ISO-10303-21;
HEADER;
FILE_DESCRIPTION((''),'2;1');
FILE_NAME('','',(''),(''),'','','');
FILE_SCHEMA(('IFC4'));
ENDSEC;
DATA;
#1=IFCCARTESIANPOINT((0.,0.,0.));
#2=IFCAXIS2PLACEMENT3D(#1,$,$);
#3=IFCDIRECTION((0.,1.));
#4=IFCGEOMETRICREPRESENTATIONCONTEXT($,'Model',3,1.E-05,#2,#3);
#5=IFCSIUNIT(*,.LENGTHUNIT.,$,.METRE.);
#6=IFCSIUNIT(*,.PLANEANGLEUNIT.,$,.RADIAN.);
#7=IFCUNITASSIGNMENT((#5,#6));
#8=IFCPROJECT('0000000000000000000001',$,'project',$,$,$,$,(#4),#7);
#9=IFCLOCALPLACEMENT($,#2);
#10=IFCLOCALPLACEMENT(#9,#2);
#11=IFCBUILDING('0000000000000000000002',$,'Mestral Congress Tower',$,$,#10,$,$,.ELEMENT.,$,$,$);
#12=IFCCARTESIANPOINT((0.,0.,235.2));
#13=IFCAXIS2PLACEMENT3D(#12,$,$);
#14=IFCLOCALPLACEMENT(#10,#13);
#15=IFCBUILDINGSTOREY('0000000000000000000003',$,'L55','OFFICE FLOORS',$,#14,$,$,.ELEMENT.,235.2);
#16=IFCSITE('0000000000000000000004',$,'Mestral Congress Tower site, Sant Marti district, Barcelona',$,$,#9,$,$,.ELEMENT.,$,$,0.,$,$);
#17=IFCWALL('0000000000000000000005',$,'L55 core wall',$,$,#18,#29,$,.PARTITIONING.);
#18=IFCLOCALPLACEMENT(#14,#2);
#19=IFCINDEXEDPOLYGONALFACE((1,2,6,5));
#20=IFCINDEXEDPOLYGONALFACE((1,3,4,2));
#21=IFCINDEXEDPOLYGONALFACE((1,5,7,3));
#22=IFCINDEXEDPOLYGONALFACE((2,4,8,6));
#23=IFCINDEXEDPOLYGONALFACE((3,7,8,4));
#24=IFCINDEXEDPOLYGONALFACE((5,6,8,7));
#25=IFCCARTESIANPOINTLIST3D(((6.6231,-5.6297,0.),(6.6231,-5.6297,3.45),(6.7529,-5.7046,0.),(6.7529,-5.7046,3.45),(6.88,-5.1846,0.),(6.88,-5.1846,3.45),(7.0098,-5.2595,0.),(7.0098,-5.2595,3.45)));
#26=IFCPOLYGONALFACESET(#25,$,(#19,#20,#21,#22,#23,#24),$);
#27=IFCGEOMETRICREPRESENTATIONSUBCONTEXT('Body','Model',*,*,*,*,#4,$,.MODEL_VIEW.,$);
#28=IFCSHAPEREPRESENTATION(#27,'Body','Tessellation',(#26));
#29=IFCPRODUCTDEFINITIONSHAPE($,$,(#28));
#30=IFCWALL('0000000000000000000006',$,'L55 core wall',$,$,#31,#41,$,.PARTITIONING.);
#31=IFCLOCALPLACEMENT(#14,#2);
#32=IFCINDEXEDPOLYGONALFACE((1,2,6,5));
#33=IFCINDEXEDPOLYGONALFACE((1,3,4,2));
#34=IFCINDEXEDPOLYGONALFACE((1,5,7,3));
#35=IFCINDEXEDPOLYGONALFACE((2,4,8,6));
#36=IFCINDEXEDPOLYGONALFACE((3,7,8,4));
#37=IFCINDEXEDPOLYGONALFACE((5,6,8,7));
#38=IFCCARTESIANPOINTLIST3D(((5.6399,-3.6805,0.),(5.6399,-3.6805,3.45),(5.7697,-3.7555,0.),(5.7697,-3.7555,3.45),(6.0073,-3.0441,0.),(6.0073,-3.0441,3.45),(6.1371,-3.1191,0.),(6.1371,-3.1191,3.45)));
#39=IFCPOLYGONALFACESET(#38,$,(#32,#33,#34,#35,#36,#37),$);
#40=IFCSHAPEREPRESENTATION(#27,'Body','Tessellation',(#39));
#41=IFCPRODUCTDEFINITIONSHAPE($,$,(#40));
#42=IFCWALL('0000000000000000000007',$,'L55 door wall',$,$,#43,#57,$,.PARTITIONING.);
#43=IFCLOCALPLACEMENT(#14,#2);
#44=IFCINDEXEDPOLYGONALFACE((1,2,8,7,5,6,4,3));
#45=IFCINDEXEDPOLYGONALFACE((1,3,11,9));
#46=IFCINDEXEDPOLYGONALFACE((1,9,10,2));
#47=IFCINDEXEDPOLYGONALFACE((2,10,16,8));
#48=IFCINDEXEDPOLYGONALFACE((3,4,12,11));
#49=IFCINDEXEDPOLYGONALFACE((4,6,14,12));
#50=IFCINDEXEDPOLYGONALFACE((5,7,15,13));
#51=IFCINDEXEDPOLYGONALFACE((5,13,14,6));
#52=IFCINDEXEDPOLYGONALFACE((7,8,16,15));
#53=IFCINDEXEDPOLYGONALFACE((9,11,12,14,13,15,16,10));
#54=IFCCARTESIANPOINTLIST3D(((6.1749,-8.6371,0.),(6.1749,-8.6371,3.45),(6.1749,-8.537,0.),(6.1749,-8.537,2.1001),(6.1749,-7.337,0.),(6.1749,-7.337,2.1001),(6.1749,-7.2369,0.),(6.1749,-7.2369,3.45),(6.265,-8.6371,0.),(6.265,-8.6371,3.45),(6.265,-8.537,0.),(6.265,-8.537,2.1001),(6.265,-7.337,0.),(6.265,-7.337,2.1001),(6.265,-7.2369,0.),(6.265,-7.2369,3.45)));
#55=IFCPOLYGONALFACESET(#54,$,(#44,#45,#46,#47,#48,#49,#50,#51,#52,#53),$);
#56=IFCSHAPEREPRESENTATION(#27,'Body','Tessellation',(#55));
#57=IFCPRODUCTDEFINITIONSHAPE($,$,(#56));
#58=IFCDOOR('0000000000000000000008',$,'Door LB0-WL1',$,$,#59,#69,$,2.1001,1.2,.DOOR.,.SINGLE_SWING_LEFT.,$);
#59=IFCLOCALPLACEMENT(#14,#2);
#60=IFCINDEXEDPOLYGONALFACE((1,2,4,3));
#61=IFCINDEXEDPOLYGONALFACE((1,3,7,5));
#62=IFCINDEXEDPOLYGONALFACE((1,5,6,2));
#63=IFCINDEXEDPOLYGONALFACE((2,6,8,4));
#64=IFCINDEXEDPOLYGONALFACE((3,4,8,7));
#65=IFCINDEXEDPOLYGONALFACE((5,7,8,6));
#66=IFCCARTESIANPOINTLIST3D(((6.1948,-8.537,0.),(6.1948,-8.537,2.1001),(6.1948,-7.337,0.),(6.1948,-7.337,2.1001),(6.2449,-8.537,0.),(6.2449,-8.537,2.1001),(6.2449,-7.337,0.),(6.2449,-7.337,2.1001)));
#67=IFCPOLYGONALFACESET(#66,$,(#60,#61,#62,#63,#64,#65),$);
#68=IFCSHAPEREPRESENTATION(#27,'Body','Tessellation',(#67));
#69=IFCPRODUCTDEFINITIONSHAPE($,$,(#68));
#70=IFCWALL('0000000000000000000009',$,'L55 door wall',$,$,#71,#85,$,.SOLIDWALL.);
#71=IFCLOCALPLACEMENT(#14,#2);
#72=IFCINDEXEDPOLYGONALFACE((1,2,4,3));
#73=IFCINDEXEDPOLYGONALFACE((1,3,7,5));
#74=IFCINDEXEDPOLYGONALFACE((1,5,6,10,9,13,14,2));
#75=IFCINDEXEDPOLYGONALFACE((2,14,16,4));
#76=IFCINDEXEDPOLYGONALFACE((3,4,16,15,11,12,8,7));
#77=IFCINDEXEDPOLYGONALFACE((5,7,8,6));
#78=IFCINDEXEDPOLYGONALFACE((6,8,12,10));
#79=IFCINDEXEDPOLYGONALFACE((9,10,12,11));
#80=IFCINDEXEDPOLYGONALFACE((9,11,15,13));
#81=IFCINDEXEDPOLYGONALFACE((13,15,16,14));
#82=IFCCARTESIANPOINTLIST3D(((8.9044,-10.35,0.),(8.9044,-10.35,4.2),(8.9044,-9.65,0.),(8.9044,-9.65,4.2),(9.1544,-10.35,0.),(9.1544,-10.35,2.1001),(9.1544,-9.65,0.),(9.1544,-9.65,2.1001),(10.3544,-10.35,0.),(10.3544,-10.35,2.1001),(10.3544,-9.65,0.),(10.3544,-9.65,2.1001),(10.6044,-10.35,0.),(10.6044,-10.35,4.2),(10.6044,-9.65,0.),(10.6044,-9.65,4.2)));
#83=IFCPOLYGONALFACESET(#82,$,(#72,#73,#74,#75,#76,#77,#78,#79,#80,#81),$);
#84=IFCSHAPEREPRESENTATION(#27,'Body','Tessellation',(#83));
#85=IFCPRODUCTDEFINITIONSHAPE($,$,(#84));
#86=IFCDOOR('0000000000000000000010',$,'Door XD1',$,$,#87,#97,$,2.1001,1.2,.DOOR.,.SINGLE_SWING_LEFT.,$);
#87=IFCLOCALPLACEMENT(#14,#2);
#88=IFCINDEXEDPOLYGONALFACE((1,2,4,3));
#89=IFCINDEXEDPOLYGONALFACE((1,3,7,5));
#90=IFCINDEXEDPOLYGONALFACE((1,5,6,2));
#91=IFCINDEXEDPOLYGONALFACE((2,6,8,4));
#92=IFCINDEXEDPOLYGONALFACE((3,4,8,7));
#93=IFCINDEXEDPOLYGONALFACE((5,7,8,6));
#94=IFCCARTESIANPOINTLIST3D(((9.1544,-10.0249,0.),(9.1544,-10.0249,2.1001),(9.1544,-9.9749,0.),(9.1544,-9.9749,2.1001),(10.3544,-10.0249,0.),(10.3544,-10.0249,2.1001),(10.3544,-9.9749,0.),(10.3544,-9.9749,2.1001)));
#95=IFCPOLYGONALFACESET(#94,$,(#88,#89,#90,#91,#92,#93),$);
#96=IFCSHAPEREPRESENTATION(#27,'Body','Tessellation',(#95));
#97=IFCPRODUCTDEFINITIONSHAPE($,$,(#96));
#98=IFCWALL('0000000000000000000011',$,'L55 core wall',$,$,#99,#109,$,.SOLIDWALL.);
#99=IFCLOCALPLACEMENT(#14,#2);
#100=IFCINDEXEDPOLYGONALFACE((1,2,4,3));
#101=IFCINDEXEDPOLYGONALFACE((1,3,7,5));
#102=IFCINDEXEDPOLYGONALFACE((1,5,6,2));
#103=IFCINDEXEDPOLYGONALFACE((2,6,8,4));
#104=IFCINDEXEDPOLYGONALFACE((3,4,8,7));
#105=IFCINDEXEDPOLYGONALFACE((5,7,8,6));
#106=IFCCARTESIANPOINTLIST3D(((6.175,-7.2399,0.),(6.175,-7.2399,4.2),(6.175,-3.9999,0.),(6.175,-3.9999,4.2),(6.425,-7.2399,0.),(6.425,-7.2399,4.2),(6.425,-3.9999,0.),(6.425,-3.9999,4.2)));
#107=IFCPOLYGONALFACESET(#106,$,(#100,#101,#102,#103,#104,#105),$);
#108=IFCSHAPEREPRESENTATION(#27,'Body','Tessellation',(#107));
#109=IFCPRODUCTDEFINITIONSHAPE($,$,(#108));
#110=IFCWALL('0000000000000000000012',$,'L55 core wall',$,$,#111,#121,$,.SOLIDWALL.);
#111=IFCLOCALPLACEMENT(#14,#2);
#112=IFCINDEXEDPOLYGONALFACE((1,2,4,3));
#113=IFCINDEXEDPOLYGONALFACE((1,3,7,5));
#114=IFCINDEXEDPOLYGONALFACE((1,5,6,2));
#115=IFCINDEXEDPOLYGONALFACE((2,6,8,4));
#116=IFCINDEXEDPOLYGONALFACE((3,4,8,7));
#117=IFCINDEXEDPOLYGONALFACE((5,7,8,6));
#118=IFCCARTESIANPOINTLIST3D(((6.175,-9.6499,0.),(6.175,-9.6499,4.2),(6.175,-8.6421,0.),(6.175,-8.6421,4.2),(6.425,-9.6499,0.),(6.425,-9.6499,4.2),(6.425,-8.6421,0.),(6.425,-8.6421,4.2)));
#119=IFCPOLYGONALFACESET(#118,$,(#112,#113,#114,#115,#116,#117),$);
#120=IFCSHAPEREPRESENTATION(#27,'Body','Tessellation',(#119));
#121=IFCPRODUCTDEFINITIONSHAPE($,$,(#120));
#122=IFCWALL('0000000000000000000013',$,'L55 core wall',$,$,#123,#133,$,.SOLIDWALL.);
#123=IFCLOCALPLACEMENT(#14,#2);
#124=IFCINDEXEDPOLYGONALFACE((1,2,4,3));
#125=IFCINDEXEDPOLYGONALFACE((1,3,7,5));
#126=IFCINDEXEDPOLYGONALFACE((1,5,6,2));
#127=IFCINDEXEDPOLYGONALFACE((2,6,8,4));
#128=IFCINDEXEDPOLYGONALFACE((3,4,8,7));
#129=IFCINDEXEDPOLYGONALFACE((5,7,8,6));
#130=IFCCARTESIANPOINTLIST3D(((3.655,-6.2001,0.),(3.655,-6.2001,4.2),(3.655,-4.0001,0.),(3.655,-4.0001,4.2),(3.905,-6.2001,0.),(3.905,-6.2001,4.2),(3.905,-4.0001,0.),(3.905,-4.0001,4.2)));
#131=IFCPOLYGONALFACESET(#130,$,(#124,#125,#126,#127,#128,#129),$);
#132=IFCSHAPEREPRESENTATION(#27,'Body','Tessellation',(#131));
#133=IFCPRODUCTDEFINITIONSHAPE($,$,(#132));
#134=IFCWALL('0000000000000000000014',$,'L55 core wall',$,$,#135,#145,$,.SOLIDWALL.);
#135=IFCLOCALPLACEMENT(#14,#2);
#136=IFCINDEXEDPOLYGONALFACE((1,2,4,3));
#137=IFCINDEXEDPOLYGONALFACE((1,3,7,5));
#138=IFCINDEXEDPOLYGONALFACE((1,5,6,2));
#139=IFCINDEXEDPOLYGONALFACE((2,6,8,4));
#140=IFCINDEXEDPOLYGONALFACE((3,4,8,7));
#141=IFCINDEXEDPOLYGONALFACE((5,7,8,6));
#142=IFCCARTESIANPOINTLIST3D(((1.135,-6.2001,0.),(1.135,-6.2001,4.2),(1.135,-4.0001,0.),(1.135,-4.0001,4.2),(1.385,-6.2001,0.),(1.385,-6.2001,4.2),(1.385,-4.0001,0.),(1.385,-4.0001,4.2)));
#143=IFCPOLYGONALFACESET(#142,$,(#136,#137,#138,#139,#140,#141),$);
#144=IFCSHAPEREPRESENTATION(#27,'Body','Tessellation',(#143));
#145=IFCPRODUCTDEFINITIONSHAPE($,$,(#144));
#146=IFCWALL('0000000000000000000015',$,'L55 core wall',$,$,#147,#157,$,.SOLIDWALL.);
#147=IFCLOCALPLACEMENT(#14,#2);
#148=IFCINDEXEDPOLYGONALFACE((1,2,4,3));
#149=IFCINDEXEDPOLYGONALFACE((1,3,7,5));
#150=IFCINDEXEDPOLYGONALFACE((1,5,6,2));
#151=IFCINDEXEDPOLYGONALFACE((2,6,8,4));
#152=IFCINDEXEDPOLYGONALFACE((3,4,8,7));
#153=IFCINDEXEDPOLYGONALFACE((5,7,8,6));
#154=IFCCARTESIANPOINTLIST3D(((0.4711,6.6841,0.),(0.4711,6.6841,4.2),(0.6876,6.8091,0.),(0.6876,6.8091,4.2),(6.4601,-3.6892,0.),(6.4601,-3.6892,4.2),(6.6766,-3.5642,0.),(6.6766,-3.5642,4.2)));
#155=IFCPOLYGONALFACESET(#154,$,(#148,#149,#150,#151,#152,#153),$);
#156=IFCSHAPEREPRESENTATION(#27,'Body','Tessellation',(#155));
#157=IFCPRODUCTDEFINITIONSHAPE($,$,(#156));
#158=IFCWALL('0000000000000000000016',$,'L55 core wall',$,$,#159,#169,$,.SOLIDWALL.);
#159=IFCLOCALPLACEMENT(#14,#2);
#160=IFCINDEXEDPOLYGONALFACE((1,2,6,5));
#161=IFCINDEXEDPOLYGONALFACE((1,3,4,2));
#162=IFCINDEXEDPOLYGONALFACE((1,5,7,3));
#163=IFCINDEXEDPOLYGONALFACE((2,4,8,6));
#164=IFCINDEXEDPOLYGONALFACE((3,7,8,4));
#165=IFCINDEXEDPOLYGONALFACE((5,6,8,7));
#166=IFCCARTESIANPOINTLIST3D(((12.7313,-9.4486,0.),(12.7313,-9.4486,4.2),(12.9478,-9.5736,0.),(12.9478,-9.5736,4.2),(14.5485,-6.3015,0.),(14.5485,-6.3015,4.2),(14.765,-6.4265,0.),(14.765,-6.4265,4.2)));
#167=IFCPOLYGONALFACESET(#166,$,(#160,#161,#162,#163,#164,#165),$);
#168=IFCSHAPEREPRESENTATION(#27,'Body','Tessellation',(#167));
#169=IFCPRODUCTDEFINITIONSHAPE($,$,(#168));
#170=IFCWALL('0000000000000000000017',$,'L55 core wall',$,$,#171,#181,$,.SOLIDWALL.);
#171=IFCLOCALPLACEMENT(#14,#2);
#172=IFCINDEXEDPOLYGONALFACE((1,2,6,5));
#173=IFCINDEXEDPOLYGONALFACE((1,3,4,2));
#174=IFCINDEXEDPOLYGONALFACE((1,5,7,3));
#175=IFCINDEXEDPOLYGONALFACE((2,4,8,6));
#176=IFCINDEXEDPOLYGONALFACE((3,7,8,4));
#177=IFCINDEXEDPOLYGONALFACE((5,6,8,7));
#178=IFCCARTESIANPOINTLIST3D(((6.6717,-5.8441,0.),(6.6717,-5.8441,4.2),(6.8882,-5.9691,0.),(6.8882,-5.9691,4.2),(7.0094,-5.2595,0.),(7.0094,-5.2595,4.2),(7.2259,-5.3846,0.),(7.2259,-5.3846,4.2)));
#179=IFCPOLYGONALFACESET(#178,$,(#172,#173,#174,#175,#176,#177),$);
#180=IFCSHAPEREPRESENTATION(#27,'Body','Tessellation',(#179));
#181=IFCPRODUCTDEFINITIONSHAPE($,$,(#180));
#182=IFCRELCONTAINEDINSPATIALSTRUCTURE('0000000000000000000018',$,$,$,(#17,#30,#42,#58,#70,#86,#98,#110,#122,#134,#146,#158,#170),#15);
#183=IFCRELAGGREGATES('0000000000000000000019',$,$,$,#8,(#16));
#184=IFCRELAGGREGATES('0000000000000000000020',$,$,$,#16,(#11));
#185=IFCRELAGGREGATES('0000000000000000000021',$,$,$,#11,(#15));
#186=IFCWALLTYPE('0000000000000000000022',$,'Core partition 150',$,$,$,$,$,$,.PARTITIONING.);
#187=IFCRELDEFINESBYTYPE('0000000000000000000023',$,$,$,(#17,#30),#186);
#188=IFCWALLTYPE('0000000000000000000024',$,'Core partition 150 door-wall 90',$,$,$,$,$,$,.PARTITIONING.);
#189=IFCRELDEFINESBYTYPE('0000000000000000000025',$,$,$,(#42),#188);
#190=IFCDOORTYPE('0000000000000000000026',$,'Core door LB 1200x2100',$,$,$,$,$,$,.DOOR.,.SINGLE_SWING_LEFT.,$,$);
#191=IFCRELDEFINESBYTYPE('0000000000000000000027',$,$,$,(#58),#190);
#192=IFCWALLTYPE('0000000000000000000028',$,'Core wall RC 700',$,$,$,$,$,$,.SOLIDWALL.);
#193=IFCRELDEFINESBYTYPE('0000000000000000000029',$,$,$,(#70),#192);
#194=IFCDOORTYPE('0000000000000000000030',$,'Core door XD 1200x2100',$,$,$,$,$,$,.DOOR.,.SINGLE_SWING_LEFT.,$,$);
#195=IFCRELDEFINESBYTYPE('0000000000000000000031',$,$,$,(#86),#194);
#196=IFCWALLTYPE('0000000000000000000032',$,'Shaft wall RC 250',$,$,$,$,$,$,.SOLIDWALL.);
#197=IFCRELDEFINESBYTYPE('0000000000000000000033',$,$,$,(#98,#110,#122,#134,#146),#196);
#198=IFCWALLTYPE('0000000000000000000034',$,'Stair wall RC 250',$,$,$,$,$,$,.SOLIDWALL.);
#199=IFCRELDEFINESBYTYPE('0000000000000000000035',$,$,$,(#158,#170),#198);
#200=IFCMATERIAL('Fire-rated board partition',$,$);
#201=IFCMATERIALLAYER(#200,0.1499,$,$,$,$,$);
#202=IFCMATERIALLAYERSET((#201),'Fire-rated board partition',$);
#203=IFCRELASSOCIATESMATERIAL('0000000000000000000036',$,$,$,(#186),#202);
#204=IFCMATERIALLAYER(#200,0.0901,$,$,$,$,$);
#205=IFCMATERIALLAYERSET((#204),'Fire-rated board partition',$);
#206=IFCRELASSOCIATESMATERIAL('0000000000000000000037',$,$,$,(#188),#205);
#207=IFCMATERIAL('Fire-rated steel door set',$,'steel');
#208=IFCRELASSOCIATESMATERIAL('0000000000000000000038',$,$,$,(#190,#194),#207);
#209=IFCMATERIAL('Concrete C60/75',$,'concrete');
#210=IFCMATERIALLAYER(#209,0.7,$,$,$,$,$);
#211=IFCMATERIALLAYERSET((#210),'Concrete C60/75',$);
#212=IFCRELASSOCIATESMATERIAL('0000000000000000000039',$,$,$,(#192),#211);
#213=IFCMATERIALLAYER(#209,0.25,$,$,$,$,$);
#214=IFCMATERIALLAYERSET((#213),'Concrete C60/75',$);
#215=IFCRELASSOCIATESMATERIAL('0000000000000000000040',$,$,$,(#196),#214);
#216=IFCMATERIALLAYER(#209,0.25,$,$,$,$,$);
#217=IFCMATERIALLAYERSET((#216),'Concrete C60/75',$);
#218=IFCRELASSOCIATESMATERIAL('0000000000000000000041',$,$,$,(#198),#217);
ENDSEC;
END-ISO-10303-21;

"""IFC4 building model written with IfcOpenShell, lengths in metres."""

from ifc_helpers import new_model, si_unit, direction, frame, frame_2d, origin, place, context, subcontext, project, spatial, rectangle, extrude, material, layer, layer_set, type_object, element, fill, save


model = new_model("IFC4")

# Units and contexts
model_context = context("Model", 3, precision=1e-05, world=origin(), true_north=direction((0.0, 1.0)))
body_context = subcontext(model_context, "Body", "Model", "MODEL_VIEW")
ifc_project = project(units=[si_unit("LENGTHUNIT", "METRE"), si_unit("PLANEANGLEUNIT", "RADIAN")], contexts=[model_context])

# Site, building, storey
site_placement = place(None, origin())
site = spatial("IfcSite", under=ifc_project, at=site_placement, Name="Mestral Congress Tower site, Sant Marti district, Barcelona", CompositionType="ELEMENT", RefElevation=0.0)
building_placement = place(site_placement, origin())
building = spatial("IfcBuilding", under=site, at=building_placement, Name="Mestral Congress Tower", CompositionType="ELEMENT")
storey_placement = place(building_placement, frame((0.0, 0.0, 235.2)))
storey = spatial("IfcBuildingStorey", under=building, at=storey_placement, Name="L55", Description="OFFICE FLOORS", CompositionType="ELEMENT", Elevation=235.2)

# Walls
ifc_material_1 = material(Name="Fire-rated board partition")
ifc_layer_1 = layer(ifc_material_1, 0.1499)
ifc_layer_set_1 = layer_set([ifc_layer_1], Name="Fire-rated board partition")
wall_type_1 = type_object("IfcWallType", Name="Core partition 150", PredefinedType="PARTITIONING", material=ifc_layer_set_1)
wall_1_placement = place(storey_placement, frame((6.9448, -5.2222, 0.0), z_axis=(0.0, 0.0, 1.0), x_axis=(-0.499818, -0.86613, 0.0)))
element("IfcWall", 1, at=wall_1_placement, inside=storey, type_object=wall_type_1, Name="L55 core wall", PredefinedType="PARTITIONING", context=body_context, shape_type="SweptSolid", body=[
    extrude(rectangle(XDim=0.5139, YDim=0.1499, at=frame_2d((0.2568, 0.0))), origin(), (0.0, 0.0, 1.0), 3.45),
])
wall_2_placement = place(storey_placement, frame((5.7048, -3.718, 0.0), z_axis=(0.0, 0.0, 1.0), x_axis=(0.499962, 0.866047, 0.0)))
element("IfcWall", 2, at=wall_2_placement, inside=storey, type_object=wall_type_1, Name="L55 core wall", PredefinedType="PARTITIONING", context=body_context, shape_type="SweptSolid", body=[
    extrude(rectangle(XDim=0.7349, YDim=0.1499, at=frame_2d((0.3674, 0.0))), origin(), (0.0, 0.0, 1.0), 3.45),
])

# Walls, openings, doors
ifc_layer_2 = layer(ifc_material_1, 0.0901)
ifc_layer_set_2 = layer_set([ifc_layer_2], Name="Fire-rated board partition")
wall_type_2 = type_object("IfcWallType", Name="Core partition 150 door-wall 90", PredefinedType="PARTITIONING", material=ifc_layer_set_2)
wall_3_placement = place(storey_placement, frame((6.22, -7.2368, 0.0), z_axis=(0.0, 0.0, 1.0), x_axis=(0.0, -1.0, 0.0)))
wall_3 = element("IfcWall", 3, at=wall_3_placement, inside=storey, type_object=wall_type_2, Name="L55 door wall", PredefinedType="PARTITIONING", context=body_context, shape_type="SweptSolid", body=[
    extrude(rectangle(XDim=1.4001, YDim=0.0901, at=frame_2d((0.7002, 0.0))), origin(), (0.0, 0.0, 1.0), 3.45),
])
opening_1_placement = place(wall_3_placement, frame((0.1001, 0.0, 0.0)))
opening_1 = element("IfcOpeningElement", 4, at=opening_1_placement, cuts=wall_3, PredefinedType="OPENING", context=body_context, shape_type="SweptSolid", body=[
    extrude(rectangle(XDim=1.2, YDim=2.1001, at=frame_2d((0.6001, 1.05))), frame((0.0, 0.0549, 0.0), z_axis=(0.0, -1.0, 0.0), x_axis=(1.0, 0.0, 0.0)), (0.0, 0.0, 1.0), 0.1101),
])
ifc_material_2 = material(Name="Fire-rated steel door set", Category="steel")
door_type_1 = type_object("IfcDoorType", Name="Core door LB 1200x2100", OperationType="SINGLE_SWING_LEFT", PredefinedType="DOOR", material=ifc_material_2)
door_1_placement = place(opening_1_placement, origin())
door_1 = element("IfcDoor", 5, at=door_1_placement, inside=storey, type_object=door_type_1, Name="Door LB0-WL1", OperationType="SINGLE_SWING_LEFT", OverallHeight=2.1001, OverallWidth=1.2, PredefinedType="DOOR", context=body_context, shape_type="SweptSolid", body=[
    extrude(rectangle(XDim=1.2, YDim=2.1001, at=frame_2d((0.6001, 1.05))), frame((0.0, 0.0249, 0.0), z_axis=(0.0, -1.0, 0.0), x_axis=(1.0, 0.0, 0.0)), (0.0, 0.0, 1.0), 0.05),
])
fill(opening_1, door_1)
ifc_material_3 = material(Name="Concrete C60/75", Category="concrete")
ifc_layer_3 = layer(ifc_material_3, 0.7)
ifc_layer_set_3 = layer_set([ifc_layer_3], Name="Concrete C60/75")
wall_type_3 = type_object("IfcWallType", Name="Core wall RC 700", PredefinedType="SOLIDWALL", material=ifc_layer_set_3)
wall_4_placement = place(storey_placement, frame((10.6045, -10.0, 0.0), z_axis=(0.0, 0.0, 1.0), x_axis=(-1.0, 0.0, 0.0)))
wall_4 = element("IfcWall", 6, at=wall_4_placement, inside=storey, type_object=wall_type_3, Name="L55 door wall", PredefinedType="SOLIDWALL", context=body_context, shape_type="SweptSolid", body=[
    extrude(rectangle(XDim=1.7, YDim=0.7, at=frame_2d((0.8501, 0.0))), origin(), (0.0, 0.0, 1.0), 4.2),
])
opening_2_placement = place(wall_4_placement, frame((0.25, 0.0, 0.0)))
opening_2 = element("IfcOpeningElement", 7, at=opening_2_placement, cuts=wall_4, PredefinedType="OPENING", context=body_context, shape_type="SweptSolid", body=[
    extrude(rectangle(XDim=1.2, YDim=2.1001, at=frame_2d((0.6001, 1.05))), frame((0.0, 0.3599, 0.0), z_axis=(0.0, -1.0, 0.0), x_axis=(1.0, 0.0, 0.0)), (0.0, 0.0, 1.0), 0.72),
])
door_type_2 = type_object("IfcDoorType", Name="Core door XD 1200x2100", OperationType="SINGLE_SWING_LEFT", PredefinedType="DOOR", material=ifc_material_2)
door_2_placement = place(opening_2_placement, origin())
door_2 = element("IfcDoor", 8, at=door_2_placement, inside=storey, type_object=door_type_2, Name="Door XD1", OperationType="SINGLE_SWING_LEFT", OverallHeight=2.1001, OverallWidth=1.2, PredefinedType="DOOR", context=body_context, shape_type="SweptSolid", body=[
    extrude(rectangle(XDim=1.2, YDim=2.1001, at=frame_2d((0.6001, 1.05))), frame((0.0, 0.0249, 0.0), z_axis=(0.0, -1.0, 0.0), x_axis=(1.0, 0.0, 0.0)), (0.0, 0.0, 1.0), 0.05),
])
fill(opening_2, door_2)

# Walls
ifc_layer_4 = layer(ifc_material_3, 0.25)
ifc_layer_set_4 = layer_set([ifc_layer_4], Name="Concrete C60/75")
wall_type_4 = type_object("IfcWallType", Name="Shaft wall RC 250", PredefinedType="SOLIDWALL", material=ifc_layer_set_4)
wall_5_placement = place(storey_placement, frame((6.3, -7.24, 0.0), z_axis=(0.0, 0.0, 1.0), x_axis=(0.0, 1.0, 0.0)))
element("IfcWall", 9, at=wall_5_placement, inside=storey, type_object=wall_type_4, Name="L55 core wall", PredefinedType="SOLIDWALL", context=body_context, shape_type="SweptSolid", body=[
    extrude(rectangle(XDim=3.24, YDim=0.25, at=frame_2d((1.6201, 0.0))), origin(), (0.0, 0.0, 1.0), 4.2),
])
wall_6_placement = place(storey_placement, frame((6.3, -9.6499, 0.0), z_axis=(0.0, 0.0, 1.0), x_axis=(0.0, 1.0, 0.0)))
element("IfcWall", 10, at=wall_6_placement, inside=storey, type_object=wall_type_4, Name="L55 core wall", PredefinedType="SOLIDWALL", context=body_context, shape_type="SweptSolid", body=[
    extrude(rectangle(XDim=1.0078, YDim=0.25, at=frame_2d((0.5039, 0.0))), origin(), (0.0, 0.0, 1.0), 4.2),
])
for number, where, z_axis, x_axis, name in (
    (11, (3.78, -4.0, 0.0), (0.0, 0.0, 1.0), (0.0, -1.0, 0.0), "L55 core wall"),
    (12, (1.26, -4.0, 0.0), (0.0, 0.0, 1.0), (0.0, -1.0, 0.0), "L55 core wall"),
):
    element("IfcWall", number, at=place(storey_placement, frame(where, z_axis=z_axis, x_axis=x_axis)), inside=storey, type_object=wall_type_4, Name=name, PredefinedType="SOLIDWALL", context=body_context, shape_type="SweptSolid", body=[
        extrude(rectangle(XDim=2.2, YDim=0.25, at=frame_2d((1.1001, 0.0))), origin(), (0.0, 0.0, 1.0), 4.2),
    ])
wall_7_placement = place(storey_placement, frame((6.5684, -3.6267, 0.0), z_axis=(0.0, 0.0, 1.0), x_axis=(-0.499999, 0.866026, 0.0)))
element("IfcWall", 13, at=wall_7_placement, inside=storey, type_object=wall_type_4, Name="L55 core wall", PredefinedType="SOLIDWALL", context=body_context, shape_type="SweptSolid", body=[
    extrude(rectangle(XDim=11.978, YDim=0.25, at=frame_2d((5.989, 0.0))), origin(), (0.0, 0.0, 1.0), 4.2),
])
ifc_layer_5 = layer(ifc_material_3, 0.25)
ifc_layer_set_5 = layer_set([ifc_layer_5], Name="Concrete C60/75")
wall_type_5 = type_object("IfcWallType", Name="Stair wall RC 250", PredefinedType="SOLIDWALL", material=ifc_layer_set_5)
wall_8_placement = place(storey_placement, frame((12.8396, -9.511, 0.0), z_axis=(0.0, 0.0, 1.0), x_axis=(0.500048, 0.865998, 0.0)))
element("IfcWall", 14, at=wall_8_placement, inside=storey, type_object=wall_type_5, Name="L55 core wall", PredefinedType="SOLIDWALL", context=body_context, shape_type="SweptSolid", body=[
    extrude(rectangle(XDim=3.634, YDim=0.25, at=frame_2d((1.8169, 0.0))), origin(), (0.0, 0.0, 1.0), 4.2),
])
wall_9_placement = place(storey_placement, frame((6.78, -5.9065, 0.0), z_axis=(0.0, 0.0, 1.0), x_axis=(0.500223, 0.865896, 0.0)))
element("IfcWall", 15, at=wall_9_placement, inside=storey, type_object=wall_type_5, Name="L55 core wall", PredefinedType="SOLIDWALL", context=body_context, shape_type="SweptSolid", body=[
    extrude(rectangle(XDim=0.675, YDim=0.25, at=frame_2d((0.3374, 0.0))), origin(), (0.0, 0.0, 1.0), 4.2),
])

save(model, "model.ifc")
